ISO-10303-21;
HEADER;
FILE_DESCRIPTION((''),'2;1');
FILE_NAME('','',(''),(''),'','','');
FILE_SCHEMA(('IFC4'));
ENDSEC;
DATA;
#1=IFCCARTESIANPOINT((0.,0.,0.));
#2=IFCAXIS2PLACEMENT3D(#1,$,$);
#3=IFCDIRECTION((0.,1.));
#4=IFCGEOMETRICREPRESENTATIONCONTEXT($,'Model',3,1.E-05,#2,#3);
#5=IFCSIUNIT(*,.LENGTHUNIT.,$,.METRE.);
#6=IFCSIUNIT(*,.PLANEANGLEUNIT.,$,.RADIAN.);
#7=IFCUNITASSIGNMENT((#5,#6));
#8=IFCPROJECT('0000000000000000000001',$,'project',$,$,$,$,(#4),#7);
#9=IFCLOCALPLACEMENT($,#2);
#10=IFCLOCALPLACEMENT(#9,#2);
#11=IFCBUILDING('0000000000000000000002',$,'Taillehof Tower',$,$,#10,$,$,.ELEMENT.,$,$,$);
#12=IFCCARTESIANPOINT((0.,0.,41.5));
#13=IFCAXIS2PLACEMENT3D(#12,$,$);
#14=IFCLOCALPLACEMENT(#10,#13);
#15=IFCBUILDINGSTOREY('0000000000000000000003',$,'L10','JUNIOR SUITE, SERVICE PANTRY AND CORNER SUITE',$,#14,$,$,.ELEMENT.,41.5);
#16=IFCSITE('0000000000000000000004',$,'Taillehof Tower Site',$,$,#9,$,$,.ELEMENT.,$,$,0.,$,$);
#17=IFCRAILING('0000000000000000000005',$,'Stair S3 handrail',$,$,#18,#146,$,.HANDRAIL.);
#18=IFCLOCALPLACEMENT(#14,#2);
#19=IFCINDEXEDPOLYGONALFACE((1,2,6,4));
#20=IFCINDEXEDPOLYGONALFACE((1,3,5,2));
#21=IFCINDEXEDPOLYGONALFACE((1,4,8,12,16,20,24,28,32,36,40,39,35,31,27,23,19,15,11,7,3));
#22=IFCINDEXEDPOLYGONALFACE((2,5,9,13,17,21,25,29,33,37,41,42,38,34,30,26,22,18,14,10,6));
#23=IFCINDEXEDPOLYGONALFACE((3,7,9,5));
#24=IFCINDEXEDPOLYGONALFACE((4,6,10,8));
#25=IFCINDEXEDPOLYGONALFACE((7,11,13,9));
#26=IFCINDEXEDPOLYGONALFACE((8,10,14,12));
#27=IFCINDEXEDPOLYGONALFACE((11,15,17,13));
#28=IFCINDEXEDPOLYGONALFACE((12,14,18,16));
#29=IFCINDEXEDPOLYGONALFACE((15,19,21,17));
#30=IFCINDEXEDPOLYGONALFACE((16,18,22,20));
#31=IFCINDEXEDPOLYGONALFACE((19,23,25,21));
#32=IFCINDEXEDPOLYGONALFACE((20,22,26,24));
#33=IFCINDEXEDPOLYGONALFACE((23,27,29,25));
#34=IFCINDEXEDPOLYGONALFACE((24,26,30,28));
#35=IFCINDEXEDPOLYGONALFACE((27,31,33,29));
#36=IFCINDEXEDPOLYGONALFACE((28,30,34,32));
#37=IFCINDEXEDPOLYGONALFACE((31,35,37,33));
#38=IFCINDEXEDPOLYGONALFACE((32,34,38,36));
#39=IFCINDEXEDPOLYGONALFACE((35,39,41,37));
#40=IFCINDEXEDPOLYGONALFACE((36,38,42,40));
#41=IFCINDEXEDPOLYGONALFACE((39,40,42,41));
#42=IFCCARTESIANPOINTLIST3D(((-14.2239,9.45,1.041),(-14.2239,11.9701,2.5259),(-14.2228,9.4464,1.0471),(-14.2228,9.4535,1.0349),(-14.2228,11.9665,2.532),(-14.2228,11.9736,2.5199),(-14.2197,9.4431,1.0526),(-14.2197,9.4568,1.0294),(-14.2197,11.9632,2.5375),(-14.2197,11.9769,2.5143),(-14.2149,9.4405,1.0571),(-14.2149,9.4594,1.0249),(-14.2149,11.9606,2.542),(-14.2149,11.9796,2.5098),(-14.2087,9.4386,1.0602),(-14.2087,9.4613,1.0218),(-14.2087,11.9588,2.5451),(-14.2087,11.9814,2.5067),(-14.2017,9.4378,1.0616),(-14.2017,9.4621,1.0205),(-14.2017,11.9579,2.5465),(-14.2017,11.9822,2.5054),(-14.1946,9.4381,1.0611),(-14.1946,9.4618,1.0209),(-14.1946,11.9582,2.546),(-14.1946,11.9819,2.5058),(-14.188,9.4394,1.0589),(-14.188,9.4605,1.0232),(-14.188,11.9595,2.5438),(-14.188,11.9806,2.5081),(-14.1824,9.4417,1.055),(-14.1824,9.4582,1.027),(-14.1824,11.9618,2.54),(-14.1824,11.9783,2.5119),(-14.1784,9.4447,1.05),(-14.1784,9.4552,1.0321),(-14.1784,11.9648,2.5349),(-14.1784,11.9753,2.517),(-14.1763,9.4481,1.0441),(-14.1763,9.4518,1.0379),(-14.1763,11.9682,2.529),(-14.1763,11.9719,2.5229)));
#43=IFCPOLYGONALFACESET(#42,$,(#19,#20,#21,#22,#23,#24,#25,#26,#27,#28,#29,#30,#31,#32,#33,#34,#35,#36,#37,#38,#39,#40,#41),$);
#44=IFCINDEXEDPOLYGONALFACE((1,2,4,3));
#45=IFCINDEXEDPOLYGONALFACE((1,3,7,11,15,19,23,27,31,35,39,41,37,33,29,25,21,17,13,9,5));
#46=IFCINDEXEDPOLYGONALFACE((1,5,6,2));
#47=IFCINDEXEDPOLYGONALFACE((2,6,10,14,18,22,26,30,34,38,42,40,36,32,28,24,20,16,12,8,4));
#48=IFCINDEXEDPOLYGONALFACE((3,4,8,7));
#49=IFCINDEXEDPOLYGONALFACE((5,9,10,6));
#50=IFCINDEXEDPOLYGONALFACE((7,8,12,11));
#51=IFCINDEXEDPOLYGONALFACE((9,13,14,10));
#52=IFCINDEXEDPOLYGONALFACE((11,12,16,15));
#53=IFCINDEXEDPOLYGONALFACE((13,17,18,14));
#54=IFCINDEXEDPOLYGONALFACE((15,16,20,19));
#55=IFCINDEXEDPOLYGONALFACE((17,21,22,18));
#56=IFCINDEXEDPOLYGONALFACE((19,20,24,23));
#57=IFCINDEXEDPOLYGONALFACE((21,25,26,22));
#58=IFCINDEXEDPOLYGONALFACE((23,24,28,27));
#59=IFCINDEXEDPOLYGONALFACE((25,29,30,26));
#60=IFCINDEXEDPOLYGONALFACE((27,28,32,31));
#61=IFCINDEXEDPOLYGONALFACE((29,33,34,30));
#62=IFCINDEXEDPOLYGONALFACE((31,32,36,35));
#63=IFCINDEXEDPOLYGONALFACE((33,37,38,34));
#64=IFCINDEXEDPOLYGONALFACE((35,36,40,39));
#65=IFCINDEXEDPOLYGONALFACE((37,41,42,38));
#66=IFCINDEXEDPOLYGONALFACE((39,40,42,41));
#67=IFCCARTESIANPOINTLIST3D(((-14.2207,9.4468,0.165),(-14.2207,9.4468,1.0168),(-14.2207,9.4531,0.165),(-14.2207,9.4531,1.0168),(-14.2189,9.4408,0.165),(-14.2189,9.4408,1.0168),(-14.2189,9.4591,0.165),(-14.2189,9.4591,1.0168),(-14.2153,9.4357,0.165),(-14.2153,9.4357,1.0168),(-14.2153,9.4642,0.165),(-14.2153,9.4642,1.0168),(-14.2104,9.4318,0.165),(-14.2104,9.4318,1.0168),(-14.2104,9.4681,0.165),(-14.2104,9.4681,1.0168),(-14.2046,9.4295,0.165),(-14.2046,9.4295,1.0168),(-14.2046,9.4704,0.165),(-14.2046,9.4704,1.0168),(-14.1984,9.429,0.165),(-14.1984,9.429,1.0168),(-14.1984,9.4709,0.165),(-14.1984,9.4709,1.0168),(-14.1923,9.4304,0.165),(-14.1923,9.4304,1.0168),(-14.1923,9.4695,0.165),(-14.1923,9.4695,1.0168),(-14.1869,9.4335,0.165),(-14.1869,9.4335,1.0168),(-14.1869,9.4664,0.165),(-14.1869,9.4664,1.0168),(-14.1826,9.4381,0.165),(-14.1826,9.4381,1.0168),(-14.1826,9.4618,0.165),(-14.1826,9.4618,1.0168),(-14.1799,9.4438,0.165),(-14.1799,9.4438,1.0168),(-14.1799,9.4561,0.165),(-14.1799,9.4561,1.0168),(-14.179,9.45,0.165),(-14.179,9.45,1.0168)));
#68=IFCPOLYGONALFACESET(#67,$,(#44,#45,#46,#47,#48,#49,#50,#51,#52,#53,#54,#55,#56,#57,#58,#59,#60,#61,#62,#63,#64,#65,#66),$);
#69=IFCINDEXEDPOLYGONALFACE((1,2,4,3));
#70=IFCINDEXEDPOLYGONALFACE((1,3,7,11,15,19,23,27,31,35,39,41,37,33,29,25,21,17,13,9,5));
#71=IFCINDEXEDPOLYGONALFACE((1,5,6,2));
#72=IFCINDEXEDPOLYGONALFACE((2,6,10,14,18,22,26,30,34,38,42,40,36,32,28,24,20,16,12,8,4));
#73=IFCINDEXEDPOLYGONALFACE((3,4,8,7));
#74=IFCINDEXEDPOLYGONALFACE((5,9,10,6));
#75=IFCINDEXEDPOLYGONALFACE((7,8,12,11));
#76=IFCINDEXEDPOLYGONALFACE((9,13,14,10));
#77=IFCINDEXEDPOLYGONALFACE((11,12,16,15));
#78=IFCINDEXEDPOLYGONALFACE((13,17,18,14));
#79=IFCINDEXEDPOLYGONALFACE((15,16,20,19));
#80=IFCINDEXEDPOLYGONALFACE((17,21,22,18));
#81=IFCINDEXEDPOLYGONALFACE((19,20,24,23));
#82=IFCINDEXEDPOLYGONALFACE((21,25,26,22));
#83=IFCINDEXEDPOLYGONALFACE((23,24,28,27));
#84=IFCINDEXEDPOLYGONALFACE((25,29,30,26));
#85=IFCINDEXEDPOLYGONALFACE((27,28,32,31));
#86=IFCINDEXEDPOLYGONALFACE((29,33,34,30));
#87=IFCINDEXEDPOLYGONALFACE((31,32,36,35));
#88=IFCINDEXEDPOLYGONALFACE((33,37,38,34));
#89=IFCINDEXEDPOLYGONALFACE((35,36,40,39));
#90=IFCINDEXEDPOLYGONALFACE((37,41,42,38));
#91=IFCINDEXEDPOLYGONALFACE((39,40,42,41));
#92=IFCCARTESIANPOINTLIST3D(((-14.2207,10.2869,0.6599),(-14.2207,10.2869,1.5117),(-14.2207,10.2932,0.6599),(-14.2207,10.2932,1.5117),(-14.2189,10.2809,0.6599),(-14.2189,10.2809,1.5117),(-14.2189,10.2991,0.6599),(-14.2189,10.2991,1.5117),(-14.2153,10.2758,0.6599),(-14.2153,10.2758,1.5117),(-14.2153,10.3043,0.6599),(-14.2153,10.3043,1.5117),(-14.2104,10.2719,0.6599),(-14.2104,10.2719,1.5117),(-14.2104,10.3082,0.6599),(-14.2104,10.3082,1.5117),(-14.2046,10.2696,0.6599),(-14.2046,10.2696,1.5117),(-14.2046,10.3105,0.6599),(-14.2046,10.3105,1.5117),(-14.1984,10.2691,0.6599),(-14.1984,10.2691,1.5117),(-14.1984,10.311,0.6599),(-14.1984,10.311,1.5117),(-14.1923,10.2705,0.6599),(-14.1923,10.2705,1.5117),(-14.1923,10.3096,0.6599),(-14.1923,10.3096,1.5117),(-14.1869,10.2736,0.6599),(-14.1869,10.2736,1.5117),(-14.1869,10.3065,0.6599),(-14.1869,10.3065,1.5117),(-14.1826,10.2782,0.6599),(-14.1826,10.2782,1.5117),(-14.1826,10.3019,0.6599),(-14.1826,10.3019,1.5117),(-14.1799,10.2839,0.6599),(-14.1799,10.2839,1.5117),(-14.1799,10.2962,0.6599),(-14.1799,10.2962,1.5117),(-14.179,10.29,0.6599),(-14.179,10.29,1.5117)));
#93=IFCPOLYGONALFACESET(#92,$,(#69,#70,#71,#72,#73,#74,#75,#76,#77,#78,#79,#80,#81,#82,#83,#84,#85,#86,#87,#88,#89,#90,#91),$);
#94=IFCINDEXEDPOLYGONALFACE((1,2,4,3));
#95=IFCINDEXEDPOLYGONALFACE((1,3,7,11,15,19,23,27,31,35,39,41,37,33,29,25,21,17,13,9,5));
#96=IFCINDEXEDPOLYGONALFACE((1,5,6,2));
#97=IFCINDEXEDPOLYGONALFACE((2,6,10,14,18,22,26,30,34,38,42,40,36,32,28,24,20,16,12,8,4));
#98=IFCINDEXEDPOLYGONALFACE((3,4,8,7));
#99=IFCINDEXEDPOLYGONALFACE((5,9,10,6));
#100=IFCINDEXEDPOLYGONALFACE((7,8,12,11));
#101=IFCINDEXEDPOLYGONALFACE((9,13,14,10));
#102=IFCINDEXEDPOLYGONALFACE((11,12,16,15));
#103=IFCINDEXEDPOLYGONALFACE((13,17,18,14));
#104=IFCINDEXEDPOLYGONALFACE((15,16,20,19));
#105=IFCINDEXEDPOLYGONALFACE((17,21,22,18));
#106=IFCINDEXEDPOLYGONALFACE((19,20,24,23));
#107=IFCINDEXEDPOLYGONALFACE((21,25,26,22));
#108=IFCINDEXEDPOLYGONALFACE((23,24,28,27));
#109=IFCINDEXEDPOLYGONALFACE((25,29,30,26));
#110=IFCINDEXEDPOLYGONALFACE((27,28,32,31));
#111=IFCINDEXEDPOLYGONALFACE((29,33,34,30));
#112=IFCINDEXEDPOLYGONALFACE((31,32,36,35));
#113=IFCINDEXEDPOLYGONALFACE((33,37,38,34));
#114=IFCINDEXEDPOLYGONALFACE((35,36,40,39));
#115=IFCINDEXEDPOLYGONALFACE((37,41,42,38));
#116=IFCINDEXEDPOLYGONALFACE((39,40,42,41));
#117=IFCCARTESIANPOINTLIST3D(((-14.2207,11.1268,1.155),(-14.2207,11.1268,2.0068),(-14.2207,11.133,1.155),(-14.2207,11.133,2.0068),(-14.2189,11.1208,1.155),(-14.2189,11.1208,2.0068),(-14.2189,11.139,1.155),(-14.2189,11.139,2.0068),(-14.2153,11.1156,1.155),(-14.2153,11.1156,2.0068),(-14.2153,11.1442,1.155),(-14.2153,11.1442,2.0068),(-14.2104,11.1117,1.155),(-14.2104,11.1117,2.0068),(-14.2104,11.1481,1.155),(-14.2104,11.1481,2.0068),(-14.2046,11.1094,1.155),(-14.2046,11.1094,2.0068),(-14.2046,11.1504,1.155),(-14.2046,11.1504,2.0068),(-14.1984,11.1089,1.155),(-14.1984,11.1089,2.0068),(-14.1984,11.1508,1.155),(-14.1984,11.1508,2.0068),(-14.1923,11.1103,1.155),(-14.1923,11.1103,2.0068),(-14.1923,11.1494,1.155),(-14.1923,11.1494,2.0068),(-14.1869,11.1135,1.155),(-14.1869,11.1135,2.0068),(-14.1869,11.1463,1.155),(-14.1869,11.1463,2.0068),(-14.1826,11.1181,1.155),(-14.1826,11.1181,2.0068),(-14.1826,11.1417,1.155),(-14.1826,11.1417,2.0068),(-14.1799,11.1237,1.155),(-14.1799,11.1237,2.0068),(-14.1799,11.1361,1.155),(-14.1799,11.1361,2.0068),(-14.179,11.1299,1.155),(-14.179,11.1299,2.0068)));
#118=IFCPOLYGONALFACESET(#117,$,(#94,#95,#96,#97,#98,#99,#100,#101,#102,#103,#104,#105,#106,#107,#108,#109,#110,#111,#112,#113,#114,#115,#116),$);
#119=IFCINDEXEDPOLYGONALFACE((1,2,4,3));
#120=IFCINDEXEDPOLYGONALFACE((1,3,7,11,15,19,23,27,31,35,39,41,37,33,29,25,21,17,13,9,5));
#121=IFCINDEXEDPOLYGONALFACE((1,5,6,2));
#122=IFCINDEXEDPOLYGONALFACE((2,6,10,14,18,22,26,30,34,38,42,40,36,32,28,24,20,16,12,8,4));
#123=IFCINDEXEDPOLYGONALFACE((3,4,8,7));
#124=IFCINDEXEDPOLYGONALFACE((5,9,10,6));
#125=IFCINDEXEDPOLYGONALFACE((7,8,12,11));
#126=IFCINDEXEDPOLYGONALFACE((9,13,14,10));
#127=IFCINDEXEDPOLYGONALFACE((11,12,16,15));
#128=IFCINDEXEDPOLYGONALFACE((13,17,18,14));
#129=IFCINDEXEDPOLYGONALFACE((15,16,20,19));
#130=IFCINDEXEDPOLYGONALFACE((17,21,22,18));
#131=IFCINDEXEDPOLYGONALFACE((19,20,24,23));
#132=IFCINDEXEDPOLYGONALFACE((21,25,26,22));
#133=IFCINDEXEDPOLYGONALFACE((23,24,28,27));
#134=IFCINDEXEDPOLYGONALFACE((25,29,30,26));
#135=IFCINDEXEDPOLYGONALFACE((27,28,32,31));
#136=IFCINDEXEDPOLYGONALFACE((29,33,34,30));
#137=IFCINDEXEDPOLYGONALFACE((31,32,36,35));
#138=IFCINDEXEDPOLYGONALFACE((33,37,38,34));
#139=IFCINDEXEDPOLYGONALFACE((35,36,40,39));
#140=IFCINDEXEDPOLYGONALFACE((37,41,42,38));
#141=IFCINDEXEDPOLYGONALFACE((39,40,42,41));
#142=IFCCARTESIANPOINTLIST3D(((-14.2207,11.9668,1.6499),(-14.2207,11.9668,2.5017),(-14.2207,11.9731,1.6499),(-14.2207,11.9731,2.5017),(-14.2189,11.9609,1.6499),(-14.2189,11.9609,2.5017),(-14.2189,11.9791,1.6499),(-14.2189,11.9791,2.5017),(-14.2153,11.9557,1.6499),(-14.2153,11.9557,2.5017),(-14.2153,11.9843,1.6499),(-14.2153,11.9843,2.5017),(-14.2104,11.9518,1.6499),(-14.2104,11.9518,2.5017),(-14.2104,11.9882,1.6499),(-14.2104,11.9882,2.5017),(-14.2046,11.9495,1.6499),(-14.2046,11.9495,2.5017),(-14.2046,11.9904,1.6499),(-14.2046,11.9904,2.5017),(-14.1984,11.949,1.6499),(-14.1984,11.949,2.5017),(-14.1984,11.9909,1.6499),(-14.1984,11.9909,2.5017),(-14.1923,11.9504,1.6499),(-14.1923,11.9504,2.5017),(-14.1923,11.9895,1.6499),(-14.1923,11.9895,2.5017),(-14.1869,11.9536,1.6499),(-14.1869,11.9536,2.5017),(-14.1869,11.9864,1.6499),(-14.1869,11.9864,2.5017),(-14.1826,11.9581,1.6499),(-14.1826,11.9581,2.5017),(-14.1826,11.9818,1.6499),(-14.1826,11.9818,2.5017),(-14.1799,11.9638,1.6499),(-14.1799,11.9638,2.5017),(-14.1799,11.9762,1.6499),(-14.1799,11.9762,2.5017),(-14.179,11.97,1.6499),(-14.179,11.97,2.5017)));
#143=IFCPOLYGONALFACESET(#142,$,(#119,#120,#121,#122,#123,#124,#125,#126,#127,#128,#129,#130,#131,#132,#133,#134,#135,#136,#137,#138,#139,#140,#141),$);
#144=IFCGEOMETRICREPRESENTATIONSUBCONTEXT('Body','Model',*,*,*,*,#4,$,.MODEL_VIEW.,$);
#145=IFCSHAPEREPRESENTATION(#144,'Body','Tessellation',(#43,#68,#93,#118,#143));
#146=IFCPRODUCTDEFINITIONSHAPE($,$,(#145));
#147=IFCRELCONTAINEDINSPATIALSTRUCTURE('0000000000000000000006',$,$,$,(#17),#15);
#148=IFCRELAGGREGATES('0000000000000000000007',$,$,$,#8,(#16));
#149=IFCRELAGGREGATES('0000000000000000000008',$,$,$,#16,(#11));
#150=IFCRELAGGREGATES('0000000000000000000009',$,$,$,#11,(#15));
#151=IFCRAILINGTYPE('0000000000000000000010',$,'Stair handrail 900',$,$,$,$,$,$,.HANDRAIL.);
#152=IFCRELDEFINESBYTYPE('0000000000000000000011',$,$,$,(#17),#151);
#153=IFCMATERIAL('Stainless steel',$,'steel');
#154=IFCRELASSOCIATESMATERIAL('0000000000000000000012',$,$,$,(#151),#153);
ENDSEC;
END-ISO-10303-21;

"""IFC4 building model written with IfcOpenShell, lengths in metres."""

from ifc_helpers import new_model, si_unit, direction, frame, origin, origin_2d, place, context, subcontext, project, spatial, circle, extrude, material, type_object, element, save


model = new_model("IFC4")

# Units and contexts
model_context = context("Model", 3, precision=1e-05, world=origin(), true_north=direction((0.0, 1.0)))
body_context = subcontext(model_context, "Body", "Model", "MODEL_VIEW")
ifc_project = project(units=[si_unit("LENGTHUNIT", "METRE"), si_unit("PLANEANGLEUNIT", "RADIAN")], contexts=[model_context])

# Site, building, storey
site_placement = place(None, origin())
site = spatial("IfcSite", under=ifc_project, at=site_placement, Name="Taillehof Tower Site", CompositionType="ELEMENT", RefElevation=0.0)
building_placement = place(site_placement, origin())
building = spatial("IfcBuilding", under=site, at=building_placement, Name="Taillehof Tower", CompositionType="ELEMENT")
storey_placement = place(building_placement, frame((0.0, 0.0, 41.5)))
storey = spatial("IfcBuildingStorey", under=building, at=storey_placement, Name="L10", Description="JUNIOR SUITE, SERVICE PANTRY AND CORNER SUITE", CompositionType="ELEMENT", Elevation=41.5)

# Railing
ifc_material_1 = material(Name="Stainless steel", Category="steel")
railing_type = type_object("IfcRailingType", Name="Stair handrail 900", PredefinedType="HANDRAIL", material=ifc_material_1)
railing_1_placement = place(storey_placement, frame((-14.2, 9.45, 0.165)))
element("IfcRailing", 1, at=railing_1_placement, inside=storey, type_object=railing_type, Name="Stair S3 handrail", PredefinedType="HANDRAIL", context=body_context, shape_type="SweptSolid", body=[
    extrude(circle(Radius=0.0239, at=origin_2d()), frame((0.0, 0.0, 0.876), z_axis=(0.0, 0.861561, 0.507655), x_axis=(-1.0, 0.0, 0.0)), (0.0, 0.0, 1.0), 2.925),
    extrude(circle(Radius=0.021, at=origin_2d()), origin(), (0.0, 0.0, 1.0), 0.8518),
    extrude(circle(Radius=0.021, at=origin_2d()), frame((0.0, 0.8401, 0.4949)), (0.0, 0.0, 1.0), 0.8518),
    extrude(circle(Radius=0.021, at=origin_2d()), frame((0.0, 1.6799, 0.99)), (0.0, 0.0, 1.0), 0.8518),
    extrude(circle(Radius=0.021, at=origin_2d()), frame((0.0, 2.52, 1.4849)), (0.0, 0.0, 1.0), 0.8518),
])

save(model, "model.ifc")
